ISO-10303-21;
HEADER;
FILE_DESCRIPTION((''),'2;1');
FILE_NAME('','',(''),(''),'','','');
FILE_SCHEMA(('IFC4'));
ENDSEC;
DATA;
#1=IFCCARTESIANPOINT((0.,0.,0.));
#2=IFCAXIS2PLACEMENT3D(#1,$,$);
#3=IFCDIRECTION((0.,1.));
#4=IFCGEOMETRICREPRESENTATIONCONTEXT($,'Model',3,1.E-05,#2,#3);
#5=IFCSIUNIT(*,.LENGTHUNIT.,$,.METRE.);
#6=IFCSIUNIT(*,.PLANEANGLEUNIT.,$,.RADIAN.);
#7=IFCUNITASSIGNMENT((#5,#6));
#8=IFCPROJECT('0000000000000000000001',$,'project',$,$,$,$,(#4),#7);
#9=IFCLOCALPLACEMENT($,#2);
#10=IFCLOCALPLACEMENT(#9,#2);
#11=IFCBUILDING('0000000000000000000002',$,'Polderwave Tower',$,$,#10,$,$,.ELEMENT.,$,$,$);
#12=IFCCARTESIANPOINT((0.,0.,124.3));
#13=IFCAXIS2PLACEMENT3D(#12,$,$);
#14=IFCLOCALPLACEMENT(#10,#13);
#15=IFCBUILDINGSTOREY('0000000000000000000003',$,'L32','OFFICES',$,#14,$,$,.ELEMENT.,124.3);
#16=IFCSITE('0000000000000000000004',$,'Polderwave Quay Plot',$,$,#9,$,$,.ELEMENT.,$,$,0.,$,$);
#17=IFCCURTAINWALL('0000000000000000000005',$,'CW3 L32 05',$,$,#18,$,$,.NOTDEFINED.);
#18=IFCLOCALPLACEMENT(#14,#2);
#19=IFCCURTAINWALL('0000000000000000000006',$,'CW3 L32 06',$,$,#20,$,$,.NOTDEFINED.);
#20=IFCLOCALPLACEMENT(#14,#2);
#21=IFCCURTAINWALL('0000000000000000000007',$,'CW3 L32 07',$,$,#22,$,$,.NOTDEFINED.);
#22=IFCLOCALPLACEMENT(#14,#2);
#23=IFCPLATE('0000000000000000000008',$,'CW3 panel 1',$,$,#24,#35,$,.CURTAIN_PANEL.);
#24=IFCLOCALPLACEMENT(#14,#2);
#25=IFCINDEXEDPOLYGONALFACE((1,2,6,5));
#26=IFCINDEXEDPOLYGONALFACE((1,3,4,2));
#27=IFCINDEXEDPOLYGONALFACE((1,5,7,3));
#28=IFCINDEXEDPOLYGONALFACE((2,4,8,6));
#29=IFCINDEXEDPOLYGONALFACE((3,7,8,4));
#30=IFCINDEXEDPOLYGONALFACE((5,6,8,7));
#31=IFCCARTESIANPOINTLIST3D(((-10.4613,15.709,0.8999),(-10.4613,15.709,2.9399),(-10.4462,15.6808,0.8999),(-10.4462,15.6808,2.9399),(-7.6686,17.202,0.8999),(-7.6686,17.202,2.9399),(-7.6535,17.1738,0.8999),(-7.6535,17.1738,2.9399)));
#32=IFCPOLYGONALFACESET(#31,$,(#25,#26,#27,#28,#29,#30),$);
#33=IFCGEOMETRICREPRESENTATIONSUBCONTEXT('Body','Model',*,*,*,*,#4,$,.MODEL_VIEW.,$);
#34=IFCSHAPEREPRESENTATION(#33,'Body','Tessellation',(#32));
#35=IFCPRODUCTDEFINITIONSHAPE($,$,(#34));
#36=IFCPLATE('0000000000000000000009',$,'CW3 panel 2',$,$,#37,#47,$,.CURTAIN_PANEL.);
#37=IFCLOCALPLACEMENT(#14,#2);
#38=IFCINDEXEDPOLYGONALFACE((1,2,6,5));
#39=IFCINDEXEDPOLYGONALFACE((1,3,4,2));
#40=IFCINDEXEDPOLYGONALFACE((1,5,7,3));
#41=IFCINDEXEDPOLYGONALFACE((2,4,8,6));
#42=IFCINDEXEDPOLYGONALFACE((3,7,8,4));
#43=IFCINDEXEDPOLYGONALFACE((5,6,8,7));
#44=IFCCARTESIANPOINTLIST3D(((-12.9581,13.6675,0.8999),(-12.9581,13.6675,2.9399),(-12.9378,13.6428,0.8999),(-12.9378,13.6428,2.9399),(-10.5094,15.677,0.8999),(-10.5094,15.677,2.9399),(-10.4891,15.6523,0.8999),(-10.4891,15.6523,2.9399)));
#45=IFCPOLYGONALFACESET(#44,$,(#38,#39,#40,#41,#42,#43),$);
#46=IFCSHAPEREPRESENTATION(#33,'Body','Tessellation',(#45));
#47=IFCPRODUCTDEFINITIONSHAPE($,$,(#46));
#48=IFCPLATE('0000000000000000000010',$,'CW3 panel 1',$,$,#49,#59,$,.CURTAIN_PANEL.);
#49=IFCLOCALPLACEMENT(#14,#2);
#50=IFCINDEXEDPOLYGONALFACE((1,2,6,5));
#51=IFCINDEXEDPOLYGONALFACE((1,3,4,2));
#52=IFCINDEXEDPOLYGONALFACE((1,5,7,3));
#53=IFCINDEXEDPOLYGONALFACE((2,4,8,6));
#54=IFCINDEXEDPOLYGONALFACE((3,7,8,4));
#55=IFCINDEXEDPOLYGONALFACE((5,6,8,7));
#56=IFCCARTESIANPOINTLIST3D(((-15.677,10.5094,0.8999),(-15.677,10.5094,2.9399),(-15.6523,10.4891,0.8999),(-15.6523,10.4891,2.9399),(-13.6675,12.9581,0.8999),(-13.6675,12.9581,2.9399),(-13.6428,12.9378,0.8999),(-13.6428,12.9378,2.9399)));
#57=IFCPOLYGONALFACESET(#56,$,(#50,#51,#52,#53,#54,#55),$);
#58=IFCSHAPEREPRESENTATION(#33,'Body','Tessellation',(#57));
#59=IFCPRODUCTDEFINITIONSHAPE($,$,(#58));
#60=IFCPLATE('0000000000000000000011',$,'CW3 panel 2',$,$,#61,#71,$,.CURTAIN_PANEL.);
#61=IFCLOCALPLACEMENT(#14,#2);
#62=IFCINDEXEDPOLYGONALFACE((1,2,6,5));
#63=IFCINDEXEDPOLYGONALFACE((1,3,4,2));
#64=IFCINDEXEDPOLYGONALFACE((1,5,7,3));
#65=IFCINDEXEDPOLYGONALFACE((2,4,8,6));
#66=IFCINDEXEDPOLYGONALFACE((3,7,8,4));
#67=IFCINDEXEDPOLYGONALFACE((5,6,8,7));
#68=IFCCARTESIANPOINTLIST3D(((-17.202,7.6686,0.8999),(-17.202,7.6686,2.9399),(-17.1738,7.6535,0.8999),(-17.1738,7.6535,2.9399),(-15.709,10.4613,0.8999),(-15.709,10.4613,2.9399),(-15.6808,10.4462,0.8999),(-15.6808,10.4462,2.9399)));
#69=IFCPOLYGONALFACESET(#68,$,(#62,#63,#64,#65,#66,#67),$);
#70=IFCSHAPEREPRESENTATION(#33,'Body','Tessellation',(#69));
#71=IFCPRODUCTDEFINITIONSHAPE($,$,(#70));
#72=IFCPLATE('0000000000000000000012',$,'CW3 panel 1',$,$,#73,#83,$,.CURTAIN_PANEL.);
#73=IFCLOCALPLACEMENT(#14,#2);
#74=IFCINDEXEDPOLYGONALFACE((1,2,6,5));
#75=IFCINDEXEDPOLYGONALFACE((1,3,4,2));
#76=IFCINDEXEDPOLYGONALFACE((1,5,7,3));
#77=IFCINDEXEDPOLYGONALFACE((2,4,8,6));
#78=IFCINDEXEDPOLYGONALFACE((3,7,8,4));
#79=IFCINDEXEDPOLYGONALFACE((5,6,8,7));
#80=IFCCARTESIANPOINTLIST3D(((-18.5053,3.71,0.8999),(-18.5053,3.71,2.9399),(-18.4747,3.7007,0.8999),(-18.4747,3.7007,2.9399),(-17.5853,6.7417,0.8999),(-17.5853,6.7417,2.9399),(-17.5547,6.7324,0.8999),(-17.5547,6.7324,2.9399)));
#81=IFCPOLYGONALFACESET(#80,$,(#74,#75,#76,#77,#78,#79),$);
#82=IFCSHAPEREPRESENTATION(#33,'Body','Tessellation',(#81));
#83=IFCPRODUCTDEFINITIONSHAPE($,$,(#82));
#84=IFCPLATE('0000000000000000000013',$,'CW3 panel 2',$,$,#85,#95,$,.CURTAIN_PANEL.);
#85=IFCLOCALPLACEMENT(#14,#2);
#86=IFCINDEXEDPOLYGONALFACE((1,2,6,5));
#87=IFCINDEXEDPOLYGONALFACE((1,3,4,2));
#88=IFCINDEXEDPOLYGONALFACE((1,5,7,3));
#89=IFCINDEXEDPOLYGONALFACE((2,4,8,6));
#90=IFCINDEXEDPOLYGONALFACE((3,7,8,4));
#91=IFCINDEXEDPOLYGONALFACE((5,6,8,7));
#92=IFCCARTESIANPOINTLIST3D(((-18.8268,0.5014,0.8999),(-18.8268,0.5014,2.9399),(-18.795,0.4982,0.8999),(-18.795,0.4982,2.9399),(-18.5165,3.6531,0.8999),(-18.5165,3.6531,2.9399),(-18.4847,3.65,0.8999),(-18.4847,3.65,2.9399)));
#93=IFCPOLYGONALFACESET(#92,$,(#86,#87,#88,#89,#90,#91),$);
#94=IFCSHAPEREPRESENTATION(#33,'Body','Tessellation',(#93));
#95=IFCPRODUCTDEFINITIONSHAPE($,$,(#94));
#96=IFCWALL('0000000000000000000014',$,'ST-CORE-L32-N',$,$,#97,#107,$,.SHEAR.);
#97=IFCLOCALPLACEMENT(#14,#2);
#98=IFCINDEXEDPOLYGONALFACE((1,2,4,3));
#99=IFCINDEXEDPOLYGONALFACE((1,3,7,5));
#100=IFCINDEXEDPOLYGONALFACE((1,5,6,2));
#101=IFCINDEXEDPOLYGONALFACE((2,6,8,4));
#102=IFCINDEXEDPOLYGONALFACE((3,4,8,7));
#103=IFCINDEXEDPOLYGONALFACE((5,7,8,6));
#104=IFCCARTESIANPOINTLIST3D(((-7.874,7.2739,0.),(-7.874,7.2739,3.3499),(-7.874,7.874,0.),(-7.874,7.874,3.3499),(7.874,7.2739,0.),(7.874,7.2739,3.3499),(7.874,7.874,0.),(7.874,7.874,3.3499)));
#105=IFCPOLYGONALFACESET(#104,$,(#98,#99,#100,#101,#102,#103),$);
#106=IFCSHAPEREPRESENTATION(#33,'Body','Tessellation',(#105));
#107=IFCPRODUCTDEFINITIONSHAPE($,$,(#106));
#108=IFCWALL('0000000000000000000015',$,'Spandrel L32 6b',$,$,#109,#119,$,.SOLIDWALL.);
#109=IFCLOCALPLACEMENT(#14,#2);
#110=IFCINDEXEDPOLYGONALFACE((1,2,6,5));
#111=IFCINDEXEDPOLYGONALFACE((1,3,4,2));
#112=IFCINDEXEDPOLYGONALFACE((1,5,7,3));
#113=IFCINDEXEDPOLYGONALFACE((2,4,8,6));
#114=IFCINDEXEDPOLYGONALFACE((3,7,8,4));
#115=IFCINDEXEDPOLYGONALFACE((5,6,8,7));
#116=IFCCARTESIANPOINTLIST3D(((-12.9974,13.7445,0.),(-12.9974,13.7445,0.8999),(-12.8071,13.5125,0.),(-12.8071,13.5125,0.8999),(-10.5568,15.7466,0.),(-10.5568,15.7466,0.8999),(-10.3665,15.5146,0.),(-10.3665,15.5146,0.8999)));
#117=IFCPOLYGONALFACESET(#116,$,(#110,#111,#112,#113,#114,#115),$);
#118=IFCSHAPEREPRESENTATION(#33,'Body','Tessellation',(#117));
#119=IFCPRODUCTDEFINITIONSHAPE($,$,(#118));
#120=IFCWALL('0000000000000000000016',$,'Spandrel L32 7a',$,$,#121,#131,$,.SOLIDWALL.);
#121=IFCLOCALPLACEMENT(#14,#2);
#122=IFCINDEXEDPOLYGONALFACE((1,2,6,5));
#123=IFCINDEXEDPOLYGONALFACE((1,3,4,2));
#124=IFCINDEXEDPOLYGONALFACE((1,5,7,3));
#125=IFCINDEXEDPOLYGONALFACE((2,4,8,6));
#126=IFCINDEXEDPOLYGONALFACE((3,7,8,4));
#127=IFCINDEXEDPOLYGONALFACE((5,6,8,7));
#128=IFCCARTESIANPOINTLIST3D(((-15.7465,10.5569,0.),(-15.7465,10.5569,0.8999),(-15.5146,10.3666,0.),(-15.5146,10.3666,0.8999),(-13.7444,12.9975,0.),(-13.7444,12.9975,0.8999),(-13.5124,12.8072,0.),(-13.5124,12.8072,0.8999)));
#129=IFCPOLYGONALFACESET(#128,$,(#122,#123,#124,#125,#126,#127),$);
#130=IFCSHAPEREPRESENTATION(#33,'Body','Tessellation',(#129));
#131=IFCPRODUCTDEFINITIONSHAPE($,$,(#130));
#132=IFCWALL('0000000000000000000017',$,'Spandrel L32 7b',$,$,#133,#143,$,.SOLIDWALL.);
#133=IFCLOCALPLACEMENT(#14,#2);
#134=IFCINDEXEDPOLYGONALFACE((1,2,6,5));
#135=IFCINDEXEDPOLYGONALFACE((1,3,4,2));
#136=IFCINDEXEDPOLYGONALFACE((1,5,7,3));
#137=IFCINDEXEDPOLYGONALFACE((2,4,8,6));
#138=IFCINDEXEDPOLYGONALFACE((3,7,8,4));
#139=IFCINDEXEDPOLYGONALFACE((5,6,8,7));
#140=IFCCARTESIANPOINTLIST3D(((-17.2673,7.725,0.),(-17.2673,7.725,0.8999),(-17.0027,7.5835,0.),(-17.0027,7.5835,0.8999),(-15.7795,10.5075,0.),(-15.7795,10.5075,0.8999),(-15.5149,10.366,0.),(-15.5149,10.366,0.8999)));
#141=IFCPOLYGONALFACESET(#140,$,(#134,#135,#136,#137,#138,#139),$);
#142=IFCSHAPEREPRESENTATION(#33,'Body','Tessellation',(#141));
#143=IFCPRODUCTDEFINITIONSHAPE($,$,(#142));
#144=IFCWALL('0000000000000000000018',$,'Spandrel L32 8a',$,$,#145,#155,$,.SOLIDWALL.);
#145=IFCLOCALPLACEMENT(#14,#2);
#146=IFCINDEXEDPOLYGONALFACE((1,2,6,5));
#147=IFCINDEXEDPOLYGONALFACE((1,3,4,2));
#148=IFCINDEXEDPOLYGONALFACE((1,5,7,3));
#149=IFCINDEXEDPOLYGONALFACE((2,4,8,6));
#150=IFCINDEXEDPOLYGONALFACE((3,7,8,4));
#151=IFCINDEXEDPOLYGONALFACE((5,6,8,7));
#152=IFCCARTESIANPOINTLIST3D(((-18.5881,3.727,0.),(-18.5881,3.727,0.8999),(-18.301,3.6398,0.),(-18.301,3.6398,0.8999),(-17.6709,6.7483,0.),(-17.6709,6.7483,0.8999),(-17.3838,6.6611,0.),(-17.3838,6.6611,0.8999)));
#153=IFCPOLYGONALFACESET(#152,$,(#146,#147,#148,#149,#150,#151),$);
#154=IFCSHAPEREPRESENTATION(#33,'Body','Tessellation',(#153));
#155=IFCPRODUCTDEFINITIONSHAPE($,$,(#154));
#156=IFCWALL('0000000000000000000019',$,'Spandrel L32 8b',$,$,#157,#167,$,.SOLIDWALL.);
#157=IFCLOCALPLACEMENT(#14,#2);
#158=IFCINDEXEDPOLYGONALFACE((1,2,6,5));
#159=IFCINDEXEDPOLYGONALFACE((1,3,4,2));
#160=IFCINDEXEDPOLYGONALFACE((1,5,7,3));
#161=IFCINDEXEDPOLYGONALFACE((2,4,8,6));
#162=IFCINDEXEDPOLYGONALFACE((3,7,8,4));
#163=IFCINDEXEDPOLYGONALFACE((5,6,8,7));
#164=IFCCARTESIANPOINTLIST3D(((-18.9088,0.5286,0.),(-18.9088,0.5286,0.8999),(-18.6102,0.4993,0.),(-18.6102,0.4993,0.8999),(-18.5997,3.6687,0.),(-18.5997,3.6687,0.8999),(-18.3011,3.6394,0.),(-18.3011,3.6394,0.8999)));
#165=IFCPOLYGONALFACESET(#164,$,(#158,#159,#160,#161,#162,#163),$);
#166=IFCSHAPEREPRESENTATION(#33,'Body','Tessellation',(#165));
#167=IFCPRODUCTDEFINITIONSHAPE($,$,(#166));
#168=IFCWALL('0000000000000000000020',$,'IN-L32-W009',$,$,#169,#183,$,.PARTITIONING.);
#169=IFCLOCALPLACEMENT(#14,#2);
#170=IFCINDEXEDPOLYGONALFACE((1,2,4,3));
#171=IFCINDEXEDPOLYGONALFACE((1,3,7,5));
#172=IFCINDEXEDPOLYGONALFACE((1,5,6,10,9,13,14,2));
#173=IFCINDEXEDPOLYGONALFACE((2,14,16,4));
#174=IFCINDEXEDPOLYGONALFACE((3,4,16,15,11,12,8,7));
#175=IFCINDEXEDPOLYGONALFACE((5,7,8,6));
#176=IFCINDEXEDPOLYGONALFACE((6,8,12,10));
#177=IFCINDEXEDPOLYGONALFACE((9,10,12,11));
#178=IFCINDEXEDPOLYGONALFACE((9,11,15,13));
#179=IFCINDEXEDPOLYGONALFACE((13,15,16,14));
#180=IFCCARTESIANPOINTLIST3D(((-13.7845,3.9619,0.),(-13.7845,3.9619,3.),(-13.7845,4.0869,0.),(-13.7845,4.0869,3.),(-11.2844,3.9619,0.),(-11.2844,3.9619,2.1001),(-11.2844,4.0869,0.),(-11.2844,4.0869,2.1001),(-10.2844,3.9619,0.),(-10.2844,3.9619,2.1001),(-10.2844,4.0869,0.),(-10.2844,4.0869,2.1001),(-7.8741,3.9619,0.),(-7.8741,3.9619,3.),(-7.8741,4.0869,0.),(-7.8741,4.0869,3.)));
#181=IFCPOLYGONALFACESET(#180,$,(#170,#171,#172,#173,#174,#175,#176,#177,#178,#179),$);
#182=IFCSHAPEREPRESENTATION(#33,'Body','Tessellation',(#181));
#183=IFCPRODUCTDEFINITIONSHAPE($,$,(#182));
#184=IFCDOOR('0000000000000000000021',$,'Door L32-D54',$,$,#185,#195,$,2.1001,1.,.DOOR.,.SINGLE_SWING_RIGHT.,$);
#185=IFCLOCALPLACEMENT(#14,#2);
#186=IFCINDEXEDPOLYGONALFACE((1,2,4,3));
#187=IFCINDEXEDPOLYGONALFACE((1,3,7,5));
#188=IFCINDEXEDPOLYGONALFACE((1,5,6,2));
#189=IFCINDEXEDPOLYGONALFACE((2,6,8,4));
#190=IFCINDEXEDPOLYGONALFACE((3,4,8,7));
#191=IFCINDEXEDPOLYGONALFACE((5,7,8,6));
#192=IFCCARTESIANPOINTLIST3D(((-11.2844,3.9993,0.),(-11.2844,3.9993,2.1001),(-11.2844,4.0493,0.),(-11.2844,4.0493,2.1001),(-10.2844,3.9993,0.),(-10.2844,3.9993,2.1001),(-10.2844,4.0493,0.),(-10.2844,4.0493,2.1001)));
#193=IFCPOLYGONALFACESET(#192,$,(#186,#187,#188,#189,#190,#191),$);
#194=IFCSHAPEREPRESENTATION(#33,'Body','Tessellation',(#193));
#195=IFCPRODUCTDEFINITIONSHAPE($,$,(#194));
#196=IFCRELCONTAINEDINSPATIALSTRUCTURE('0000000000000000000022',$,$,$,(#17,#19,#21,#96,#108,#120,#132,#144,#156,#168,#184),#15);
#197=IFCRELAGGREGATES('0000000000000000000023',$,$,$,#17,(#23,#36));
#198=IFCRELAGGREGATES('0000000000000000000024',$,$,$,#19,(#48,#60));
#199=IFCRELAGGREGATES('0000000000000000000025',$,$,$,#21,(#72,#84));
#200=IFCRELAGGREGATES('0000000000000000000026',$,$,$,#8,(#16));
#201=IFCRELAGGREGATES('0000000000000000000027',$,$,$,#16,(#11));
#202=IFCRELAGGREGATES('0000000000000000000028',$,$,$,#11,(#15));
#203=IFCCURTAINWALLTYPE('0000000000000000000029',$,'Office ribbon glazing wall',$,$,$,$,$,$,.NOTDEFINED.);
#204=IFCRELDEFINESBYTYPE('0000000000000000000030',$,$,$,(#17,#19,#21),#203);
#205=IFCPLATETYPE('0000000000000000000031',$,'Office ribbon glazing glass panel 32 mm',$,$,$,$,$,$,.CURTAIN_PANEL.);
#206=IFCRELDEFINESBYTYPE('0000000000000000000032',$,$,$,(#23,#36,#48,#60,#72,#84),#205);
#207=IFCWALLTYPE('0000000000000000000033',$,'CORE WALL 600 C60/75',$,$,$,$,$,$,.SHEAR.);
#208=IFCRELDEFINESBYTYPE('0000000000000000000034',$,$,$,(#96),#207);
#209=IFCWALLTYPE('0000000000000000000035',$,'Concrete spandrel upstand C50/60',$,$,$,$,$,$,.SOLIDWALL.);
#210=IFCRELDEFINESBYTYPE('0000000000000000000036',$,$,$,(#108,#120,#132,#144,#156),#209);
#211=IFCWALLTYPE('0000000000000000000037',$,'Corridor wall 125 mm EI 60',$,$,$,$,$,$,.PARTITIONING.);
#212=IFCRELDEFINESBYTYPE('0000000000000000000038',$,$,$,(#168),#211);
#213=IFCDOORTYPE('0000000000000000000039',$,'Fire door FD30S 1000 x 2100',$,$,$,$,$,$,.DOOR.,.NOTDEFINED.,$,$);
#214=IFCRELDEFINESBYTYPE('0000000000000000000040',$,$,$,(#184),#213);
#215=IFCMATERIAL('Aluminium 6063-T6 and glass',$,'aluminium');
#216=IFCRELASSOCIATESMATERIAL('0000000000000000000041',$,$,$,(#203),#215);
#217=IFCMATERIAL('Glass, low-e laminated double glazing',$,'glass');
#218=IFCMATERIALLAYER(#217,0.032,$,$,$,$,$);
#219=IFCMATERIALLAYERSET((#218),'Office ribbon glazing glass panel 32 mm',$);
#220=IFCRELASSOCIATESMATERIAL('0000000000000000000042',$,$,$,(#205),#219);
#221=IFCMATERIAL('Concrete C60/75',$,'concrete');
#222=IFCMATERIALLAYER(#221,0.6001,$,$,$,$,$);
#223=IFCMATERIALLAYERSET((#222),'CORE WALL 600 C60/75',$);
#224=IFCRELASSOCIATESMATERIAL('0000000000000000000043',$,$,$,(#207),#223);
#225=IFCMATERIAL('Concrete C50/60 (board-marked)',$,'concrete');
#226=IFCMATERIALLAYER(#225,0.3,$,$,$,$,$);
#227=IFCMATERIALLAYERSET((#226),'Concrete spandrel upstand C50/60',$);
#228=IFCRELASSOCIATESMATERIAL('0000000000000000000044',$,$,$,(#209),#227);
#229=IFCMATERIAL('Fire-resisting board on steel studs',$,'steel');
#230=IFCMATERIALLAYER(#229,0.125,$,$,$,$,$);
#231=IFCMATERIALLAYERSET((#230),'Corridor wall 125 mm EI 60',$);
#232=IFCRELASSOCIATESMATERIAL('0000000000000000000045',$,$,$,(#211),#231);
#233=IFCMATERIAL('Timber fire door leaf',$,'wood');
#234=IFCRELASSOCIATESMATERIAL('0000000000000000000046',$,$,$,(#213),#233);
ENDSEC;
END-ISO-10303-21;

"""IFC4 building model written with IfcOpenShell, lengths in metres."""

from ifc_helpers import new_model, si_unit, direction, frame, frame_2d, origin, origin_2d, place, context, subcontext, project, spatial, rectangle, extrude, material, layer, layer_set, type_object, element, fill, aggregate, save


model = new_model("IFC4")

# Units and contexts
model_context = context("Model", 3, precision=1e-05, world=origin(), true_north=direction((0.0, 1.0)))
body_context = subcontext(model_context, "Body", "Model", "MODEL_VIEW")
ifc_project = project(units=[si_unit("LENGTHUNIT", "METRE"), si_unit("PLANEANGLEUNIT", "RADIAN")], contexts=[model_context])

# Site, building, storey
site_placement = place(None, origin())
site = spatial("IfcSite", under=ifc_project, at=site_placement, Name="Polderwave Quay Plot", CompositionType="ELEMENT", RefElevation=0.0)
building_placement = place(site_placement, origin())
building = spatial("IfcBuilding", under=site, at=building_placement, Name="Polderwave Tower", CompositionType="ELEMENT")
storey_placement = place(building_placement, frame((0.0, 0.0, 124.3)))
storey = spatial("IfcBuildingStorey", under=building, at=storey_placement, Name="L32", Description="OFFICES", CompositionType="ELEMENT", Elevation=124.3)

# Shared definitions
ifc_material_1 = material(Name="Concrete C60/75", Category="concrete")

# Curtain walls
ifc_material_2 = material(Name="Aluminium 6063-T6 and glass", Category="aluminium")
curtain_wall_type = type_object("IfcCurtainWallType", Name="Office ribbon glazing wall", PredefinedType="NOTDEFINED", material=ifc_material_2)
curtain_wall_1_placement = place(storey_placement, origin())
curtain_wall_1 = element("IfcCurtainWall", 1, at=curtain_wall_1_placement, inside=storey, type_object=curtain_wall_type, Name="CW3 L32 05", PredefinedType="NOTDEFINED")
curtain_wall_2_placement = place(storey_placement, origin())
curtain_wall_2 = element("IfcCurtainWall", 2, at=curtain_wall_2_placement, inside=storey, type_object=curtain_wall_type, Name="CW3 L32 06", PredefinedType="NOTDEFINED")
curtain_wall_3_placement = place(storey_placement, origin())
curtain_wall_3 = element("IfcCurtainWall", 3, at=curtain_wall_3_placement, inside=storey, type_object=curtain_wall_type, Name="CW3 L32 07", PredefinedType="NOTDEFINED")

# Plates
ifc_material_3 = material(Name="Glass, low-e laminated double glazing", Category="glass")
ifc_layer_1 = layer(ifc_material_3, 0.032)
ifc_layer_set_1 = layer_set([ifc_layer_1], Name="Office ribbon glazing glass panel 32 mm")
plate_type = type_object("IfcPlateType", Name="Office ribbon glazing glass panel 32 mm", PredefinedType="CURTAIN_PANEL", material=ifc_layer_set_1)
plate_1_placement = place(storey_placement, frame((-9.0574, 16.4414, 0.8999), z_axis=(0.0, 0.0, 1.0), x_axis=(-0.881884, -0.471466, 0.0)))
plate_1 = element("IfcPlate", 4, at=plate_1_placement, type_object=plate_type, Name="CW3 panel 1", PredefinedType="CURTAIN_PANEL", context=body_context, shape_type="SweptSolid", body=[
    extrude(rectangle(XDim=3.1667, YDim=0.032, at=origin_2d()), origin(), (0.0, 0.0, 1.0), 2.04),
])
plate_2_placement = place(storey_placement, frame((-11.7236, 14.6599, 0.8999), z_axis=(0.0, 0.0, 1.0), x_axis=(-0.773023, -0.634378, 0.0)))
plate_2 = element("IfcPlate", 5, at=plate_2_placement, type_object=plate_type, Name="CW3 panel 2", PredefinedType="CURTAIN_PANEL", context=body_context, shape_type="SweptSolid", body=[
    extrude(rectangle(XDim=3.1677, YDim=0.032, at=origin_2d()), origin(), (0.0, 0.0, 1.0), 2.04),
])
aggregate(curtain_wall_1, [plate_1, plate_2])
plate_3_placement = place(storey_placement, frame((-14.6599, 11.7236, 0.8999), z_axis=(0.0, 0.0, 1.0), x_axis=(-0.634378, -0.773023, 0.0)))
plate_3 = element("IfcPlate", 6, at=plate_3_placement, type_object=plate_type, Name="CW3 panel 1", PredefinedType="CURTAIN_PANEL", context=body_context, shape_type="SweptSolid", body=[
    extrude(rectangle(XDim=3.1677, YDim=0.032, at=origin_2d()), origin(), (0.0, 0.0, 1.0), 2.04),
])
plate_4_placement = place(storey_placement, frame((-16.4414, 9.0574, 0.8999), z_axis=(0.0, 0.0, 1.0), x_axis=(-0.471466, -0.881884, 0.0)))
plate_4 = element("IfcPlate", 7, at=plate_4_placement, type_object=plate_type, Name="CW3 panel 2", PredefinedType="CURTAIN_PANEL", context=body_context, shape_type="SweptSolid", body=[
    extrude(rectangle(XDim=3.1667, YDim=0.032, at=origin_2d()), origin(), (0.0, 0.0, 1.0), 2.04),
])
aggregate(curtain_wall_2, [plate_3, plate_4])
plate_5_placement = place(storey_placement, frame((-18.03, 5.2212, 0.8999), z_axis=(0.0, 0.0, 1.0), x_axis=(-0.29039, -0.956908, 0.0)))
plate_5 = element("IfcPlate", 8, at=plate_5_placement, type_object=plate_type, Name="CW3 panel 1", PredefinedType="CURTAIN_PANEL", context=body_context, shape_type="SweptSolid", body=[
    extrude(rectangle(XDim=3.1682, YDim=0.032, at=origin_2d()), origin(), (0.0, 0.0, 1.0), 2.04),
])
plate_6_placement = place(storey_placement, frame((-18.6558, 2.0757, 0.8999), z_axis=(0.0, 0.0, 1.0), x_axis=(-0.097984, -0.995188, 0.0)))
plate_6 = element("IfcPlate", 9, at=plate_6_placement, type_object=plate_type, Name="CW3 panel 2", PredefinedType="CURTAIN_PANEL", context=body_context, shape_type="SweptSolid", body=[
    extrude(rectangle(XDim=3.167, YDim=0.032, at=origin_2d()), origin(), (0.0, 0.0, 1.0), 2.04),
])
aggregate(curtain_wall_3, [plate_5, plate_6])

# Walls
ifc_layer_2 = layer(ifc_material_1, 0.6001)
ifc_layer_set_2 = layer_set([ifc_layer_2], Name="CORE WALL 600 C60/75")
wall_type_1 = type_object("IfcWallType", Name="CORE WALL 600 C60/75", PredefinedType="SHEAR", material=ifc_layer_set_2)
wall_1_placement = place(storey_placement, frame((-7.874, 7.574, 0.0), z_axis=(0.0, 0.0, 1.0), x_axis=(1.0, 0.0, 0.0)))
element("IfcWall", 10, at=wall_1_placement, inside=storey, type_object=wall_type_1, Name="ST-CORE-L32-N", PredefinedType="SHEAR", context=body_context, shape_type="SweptSolid", body=[
    extrude(rectangle(XDim=15.748, YDim=0.6001, at=frame_2d((7.874, 0.0))), origin(), (0.0, 0.0, 1.0), 3.3499),
])
ifc_material_4 = material(Name="Concrete C50/60 (board-marked)", Category="concrete")
ifc_layer_3 = layer(ifc_material_4, 0.3)
ifc_layer_set_3 = layer_set([ifc_layer_3], Name="Concrete spandrel upstand C50/60")
wall_type_2 = type_object("IfcWallType", Name="Concrete spandrel upstand C50/60", PredefinedType="SOLIDWALL", material=ifc_layer_set_3)
for number, where, z_axis, x_axis, name in (
    (11, (-10.4617, 15.6306, 0.0), (0.0, 0.0, 1.0), (-0.773137, -0.63424, 0.0), "Spandrel L32 6b"),
    (12, (-13.6284, 12.9023, 0.0), (0.0, 0.0, 1.0), (-0.63424, -0.773137, 0.0), "Spandrel L32 7a"),
):
    element("IfcWall", number, at=place(storey_placement, frame(where, z_axis=z_axis, x_axis=x_axis)), inside=storey, type_object=wall_type_2, Name=name, PredefinedType="SOLIDWALL", context=body_context, shape_type="SweptSolid", body=[
        extrude(rectangle(XDim=3.1567, YDim=0.3, at=frame_2d((1.5784, 0.0))), origin(), (0.0, 0.0, 1.0), 0.8999),
    ])
wall_2_placement = place(storey_placement, frame((-15.6472, 10.4368, 0.0), z_axis=(0.0, 0.0, 1.0), x_axis=(-0.471528, -0.881851, 0.0)))
element("IfcWall", 13, at=wall_2_placement, inside=storey, type_object=wall_type_2, Name="Spandrel L32 7b", PredefinedType="SOLIDWALL", context=body_context, shape_type="SweptSolid", body=[
    extrude(rectangle(XDim=3.1553, YDim=0.3, at=frame_2d((1.5776, 0.0))), origin(), (0.0, 0.0, 1.0), 0.8999),
])
wall_3_placement = place(storey_placement, frame((-17.5273, 6.7046, 0.0), z_axis=(0.0, 0.0, 1.0), x_axis=(-0.290503, -0.956874, 0.0)))
element("IfcWall", 14, at=wall_3_placement, inside=storey, type_object=wall_type_2, Name="Spandrel L32 8a", PredefinedType="SOLIDWALL", context=body_context, shape_type="SweptSolid", body=[
    extrude(rectangle(XDim=3.1575, YDim=0.3, at=frame_2d((1.5786, 0.0))), origin(), (0.0, 0.0, 1.0), 0.8999),
])
wall_4_placement = place(storey_placement, frame((-18.4504, 3.6541, 0.0), z_axis=(0.0, 0.0, 1.0), x_axis=(-0.097956, -0.995191, 0.0)))
element("IfcWall", 15, at=wall_4_placement, inside=storey, type_object=wall_type_2, Name="Spandrel L32 8b", PredefinedType="SOLIDWALL", context=body_context, shape_type="SweptSolid", body=[
    extrude(rectangle(XDim=3.1553, YDim=0.3, at=frame_2d((1.5776, 0.0))), origin(), (0.0, 0.0, 1.0), 0.8999),
])

# Wall, opening, door
ifc_material_5 = material(Name="Fire-resisting board on steel studs", Category="steel")
ifc_layer_4 = layer(ifc_material_5, 0.125)
ifc_layer_set_4 = layer_set([ifc_layer_4], Name="Corridor wall 125 mm EI 60")
wall_type_3 = type_object("IfcWallType", Name="Corridor wall 125 mm EI 60", PredefinedType="PARTITIONING", material=ifc_layer_set_4)
wall_5_placement = place(storey_placement, frame((-13.7844, 4.0244, 0.0), z_axis=(0.0, 0.0, 1.0), x_axis=(1.0, 0.0, 0.0)))
wall_5 = element("IfcWall", 16, at=wall_5_placement, inside=storey, type_object=wall_type_3, Name="IN-L32-W009", PredefinedType="PARTITIONING", context=body_context, shape_type="SweptSolid", body=[
    extrude(rectangle(XDim=5.9104, YDim=0.125, at=frame_2d((2.9551, 0.0))), origin(), (0.0, 0.0, 1.0), 3.0),
])
opening_placement = place(wall_5_placement, frame((2.5, 0.0, 0.0)))
opening = element("IfcOpeningElement", 17, at=opening_placement, cuts=wall_5, PredefinedType="OPENING", context=body_context, shape_type="SweptSolid", body=[
    extrude(rectangle(XDim=1.0, YDim=2.1001, at=frame_2d((0.5, 1.05))), frame((0.0, 0.0725, 0.0), z_axis=(0.0, -1.0, 0.0), x_axis=(1.0, 0.0, 0.0)), (0.0, 0.0, 1.0), 0.145),
])
ifc_material_6 = material(Name="Timber fire door leaf", Category="wood")
door_type = type_object("IfcDoorType", Name="Fire door FD30S 1000 x 2100", OperationType="NOTDEFINED", PredefinedType="DOOR", material=ifc_material_6)
door_placement = place(opening_placement, origin())
door = element("IfcDoor", 18, at=door_placement, inside=storey, type_object=door_type, Name="Door L32-D54", OperationType="SINGLE_SWING_RIGHT", OverallHeight=2.1001, OverallWidth=1.0, PredefinedType="DOOR", context=body_context, shape_type="SweptSolid", body=[
    extrude(rectangle(XDim=1.0, YDim=2.1001, at=frame_2d((0.5, 1.05))), frame((0.0, 0.0249, 0.0), z_axis=(0.0, -1.0, 0.0), x_axis=(1.0, 0.0, 0.0)), (0.0, 0.0, 1.0), 0.05),
])
fill(opening, door)

save(model, "model.ifc")
